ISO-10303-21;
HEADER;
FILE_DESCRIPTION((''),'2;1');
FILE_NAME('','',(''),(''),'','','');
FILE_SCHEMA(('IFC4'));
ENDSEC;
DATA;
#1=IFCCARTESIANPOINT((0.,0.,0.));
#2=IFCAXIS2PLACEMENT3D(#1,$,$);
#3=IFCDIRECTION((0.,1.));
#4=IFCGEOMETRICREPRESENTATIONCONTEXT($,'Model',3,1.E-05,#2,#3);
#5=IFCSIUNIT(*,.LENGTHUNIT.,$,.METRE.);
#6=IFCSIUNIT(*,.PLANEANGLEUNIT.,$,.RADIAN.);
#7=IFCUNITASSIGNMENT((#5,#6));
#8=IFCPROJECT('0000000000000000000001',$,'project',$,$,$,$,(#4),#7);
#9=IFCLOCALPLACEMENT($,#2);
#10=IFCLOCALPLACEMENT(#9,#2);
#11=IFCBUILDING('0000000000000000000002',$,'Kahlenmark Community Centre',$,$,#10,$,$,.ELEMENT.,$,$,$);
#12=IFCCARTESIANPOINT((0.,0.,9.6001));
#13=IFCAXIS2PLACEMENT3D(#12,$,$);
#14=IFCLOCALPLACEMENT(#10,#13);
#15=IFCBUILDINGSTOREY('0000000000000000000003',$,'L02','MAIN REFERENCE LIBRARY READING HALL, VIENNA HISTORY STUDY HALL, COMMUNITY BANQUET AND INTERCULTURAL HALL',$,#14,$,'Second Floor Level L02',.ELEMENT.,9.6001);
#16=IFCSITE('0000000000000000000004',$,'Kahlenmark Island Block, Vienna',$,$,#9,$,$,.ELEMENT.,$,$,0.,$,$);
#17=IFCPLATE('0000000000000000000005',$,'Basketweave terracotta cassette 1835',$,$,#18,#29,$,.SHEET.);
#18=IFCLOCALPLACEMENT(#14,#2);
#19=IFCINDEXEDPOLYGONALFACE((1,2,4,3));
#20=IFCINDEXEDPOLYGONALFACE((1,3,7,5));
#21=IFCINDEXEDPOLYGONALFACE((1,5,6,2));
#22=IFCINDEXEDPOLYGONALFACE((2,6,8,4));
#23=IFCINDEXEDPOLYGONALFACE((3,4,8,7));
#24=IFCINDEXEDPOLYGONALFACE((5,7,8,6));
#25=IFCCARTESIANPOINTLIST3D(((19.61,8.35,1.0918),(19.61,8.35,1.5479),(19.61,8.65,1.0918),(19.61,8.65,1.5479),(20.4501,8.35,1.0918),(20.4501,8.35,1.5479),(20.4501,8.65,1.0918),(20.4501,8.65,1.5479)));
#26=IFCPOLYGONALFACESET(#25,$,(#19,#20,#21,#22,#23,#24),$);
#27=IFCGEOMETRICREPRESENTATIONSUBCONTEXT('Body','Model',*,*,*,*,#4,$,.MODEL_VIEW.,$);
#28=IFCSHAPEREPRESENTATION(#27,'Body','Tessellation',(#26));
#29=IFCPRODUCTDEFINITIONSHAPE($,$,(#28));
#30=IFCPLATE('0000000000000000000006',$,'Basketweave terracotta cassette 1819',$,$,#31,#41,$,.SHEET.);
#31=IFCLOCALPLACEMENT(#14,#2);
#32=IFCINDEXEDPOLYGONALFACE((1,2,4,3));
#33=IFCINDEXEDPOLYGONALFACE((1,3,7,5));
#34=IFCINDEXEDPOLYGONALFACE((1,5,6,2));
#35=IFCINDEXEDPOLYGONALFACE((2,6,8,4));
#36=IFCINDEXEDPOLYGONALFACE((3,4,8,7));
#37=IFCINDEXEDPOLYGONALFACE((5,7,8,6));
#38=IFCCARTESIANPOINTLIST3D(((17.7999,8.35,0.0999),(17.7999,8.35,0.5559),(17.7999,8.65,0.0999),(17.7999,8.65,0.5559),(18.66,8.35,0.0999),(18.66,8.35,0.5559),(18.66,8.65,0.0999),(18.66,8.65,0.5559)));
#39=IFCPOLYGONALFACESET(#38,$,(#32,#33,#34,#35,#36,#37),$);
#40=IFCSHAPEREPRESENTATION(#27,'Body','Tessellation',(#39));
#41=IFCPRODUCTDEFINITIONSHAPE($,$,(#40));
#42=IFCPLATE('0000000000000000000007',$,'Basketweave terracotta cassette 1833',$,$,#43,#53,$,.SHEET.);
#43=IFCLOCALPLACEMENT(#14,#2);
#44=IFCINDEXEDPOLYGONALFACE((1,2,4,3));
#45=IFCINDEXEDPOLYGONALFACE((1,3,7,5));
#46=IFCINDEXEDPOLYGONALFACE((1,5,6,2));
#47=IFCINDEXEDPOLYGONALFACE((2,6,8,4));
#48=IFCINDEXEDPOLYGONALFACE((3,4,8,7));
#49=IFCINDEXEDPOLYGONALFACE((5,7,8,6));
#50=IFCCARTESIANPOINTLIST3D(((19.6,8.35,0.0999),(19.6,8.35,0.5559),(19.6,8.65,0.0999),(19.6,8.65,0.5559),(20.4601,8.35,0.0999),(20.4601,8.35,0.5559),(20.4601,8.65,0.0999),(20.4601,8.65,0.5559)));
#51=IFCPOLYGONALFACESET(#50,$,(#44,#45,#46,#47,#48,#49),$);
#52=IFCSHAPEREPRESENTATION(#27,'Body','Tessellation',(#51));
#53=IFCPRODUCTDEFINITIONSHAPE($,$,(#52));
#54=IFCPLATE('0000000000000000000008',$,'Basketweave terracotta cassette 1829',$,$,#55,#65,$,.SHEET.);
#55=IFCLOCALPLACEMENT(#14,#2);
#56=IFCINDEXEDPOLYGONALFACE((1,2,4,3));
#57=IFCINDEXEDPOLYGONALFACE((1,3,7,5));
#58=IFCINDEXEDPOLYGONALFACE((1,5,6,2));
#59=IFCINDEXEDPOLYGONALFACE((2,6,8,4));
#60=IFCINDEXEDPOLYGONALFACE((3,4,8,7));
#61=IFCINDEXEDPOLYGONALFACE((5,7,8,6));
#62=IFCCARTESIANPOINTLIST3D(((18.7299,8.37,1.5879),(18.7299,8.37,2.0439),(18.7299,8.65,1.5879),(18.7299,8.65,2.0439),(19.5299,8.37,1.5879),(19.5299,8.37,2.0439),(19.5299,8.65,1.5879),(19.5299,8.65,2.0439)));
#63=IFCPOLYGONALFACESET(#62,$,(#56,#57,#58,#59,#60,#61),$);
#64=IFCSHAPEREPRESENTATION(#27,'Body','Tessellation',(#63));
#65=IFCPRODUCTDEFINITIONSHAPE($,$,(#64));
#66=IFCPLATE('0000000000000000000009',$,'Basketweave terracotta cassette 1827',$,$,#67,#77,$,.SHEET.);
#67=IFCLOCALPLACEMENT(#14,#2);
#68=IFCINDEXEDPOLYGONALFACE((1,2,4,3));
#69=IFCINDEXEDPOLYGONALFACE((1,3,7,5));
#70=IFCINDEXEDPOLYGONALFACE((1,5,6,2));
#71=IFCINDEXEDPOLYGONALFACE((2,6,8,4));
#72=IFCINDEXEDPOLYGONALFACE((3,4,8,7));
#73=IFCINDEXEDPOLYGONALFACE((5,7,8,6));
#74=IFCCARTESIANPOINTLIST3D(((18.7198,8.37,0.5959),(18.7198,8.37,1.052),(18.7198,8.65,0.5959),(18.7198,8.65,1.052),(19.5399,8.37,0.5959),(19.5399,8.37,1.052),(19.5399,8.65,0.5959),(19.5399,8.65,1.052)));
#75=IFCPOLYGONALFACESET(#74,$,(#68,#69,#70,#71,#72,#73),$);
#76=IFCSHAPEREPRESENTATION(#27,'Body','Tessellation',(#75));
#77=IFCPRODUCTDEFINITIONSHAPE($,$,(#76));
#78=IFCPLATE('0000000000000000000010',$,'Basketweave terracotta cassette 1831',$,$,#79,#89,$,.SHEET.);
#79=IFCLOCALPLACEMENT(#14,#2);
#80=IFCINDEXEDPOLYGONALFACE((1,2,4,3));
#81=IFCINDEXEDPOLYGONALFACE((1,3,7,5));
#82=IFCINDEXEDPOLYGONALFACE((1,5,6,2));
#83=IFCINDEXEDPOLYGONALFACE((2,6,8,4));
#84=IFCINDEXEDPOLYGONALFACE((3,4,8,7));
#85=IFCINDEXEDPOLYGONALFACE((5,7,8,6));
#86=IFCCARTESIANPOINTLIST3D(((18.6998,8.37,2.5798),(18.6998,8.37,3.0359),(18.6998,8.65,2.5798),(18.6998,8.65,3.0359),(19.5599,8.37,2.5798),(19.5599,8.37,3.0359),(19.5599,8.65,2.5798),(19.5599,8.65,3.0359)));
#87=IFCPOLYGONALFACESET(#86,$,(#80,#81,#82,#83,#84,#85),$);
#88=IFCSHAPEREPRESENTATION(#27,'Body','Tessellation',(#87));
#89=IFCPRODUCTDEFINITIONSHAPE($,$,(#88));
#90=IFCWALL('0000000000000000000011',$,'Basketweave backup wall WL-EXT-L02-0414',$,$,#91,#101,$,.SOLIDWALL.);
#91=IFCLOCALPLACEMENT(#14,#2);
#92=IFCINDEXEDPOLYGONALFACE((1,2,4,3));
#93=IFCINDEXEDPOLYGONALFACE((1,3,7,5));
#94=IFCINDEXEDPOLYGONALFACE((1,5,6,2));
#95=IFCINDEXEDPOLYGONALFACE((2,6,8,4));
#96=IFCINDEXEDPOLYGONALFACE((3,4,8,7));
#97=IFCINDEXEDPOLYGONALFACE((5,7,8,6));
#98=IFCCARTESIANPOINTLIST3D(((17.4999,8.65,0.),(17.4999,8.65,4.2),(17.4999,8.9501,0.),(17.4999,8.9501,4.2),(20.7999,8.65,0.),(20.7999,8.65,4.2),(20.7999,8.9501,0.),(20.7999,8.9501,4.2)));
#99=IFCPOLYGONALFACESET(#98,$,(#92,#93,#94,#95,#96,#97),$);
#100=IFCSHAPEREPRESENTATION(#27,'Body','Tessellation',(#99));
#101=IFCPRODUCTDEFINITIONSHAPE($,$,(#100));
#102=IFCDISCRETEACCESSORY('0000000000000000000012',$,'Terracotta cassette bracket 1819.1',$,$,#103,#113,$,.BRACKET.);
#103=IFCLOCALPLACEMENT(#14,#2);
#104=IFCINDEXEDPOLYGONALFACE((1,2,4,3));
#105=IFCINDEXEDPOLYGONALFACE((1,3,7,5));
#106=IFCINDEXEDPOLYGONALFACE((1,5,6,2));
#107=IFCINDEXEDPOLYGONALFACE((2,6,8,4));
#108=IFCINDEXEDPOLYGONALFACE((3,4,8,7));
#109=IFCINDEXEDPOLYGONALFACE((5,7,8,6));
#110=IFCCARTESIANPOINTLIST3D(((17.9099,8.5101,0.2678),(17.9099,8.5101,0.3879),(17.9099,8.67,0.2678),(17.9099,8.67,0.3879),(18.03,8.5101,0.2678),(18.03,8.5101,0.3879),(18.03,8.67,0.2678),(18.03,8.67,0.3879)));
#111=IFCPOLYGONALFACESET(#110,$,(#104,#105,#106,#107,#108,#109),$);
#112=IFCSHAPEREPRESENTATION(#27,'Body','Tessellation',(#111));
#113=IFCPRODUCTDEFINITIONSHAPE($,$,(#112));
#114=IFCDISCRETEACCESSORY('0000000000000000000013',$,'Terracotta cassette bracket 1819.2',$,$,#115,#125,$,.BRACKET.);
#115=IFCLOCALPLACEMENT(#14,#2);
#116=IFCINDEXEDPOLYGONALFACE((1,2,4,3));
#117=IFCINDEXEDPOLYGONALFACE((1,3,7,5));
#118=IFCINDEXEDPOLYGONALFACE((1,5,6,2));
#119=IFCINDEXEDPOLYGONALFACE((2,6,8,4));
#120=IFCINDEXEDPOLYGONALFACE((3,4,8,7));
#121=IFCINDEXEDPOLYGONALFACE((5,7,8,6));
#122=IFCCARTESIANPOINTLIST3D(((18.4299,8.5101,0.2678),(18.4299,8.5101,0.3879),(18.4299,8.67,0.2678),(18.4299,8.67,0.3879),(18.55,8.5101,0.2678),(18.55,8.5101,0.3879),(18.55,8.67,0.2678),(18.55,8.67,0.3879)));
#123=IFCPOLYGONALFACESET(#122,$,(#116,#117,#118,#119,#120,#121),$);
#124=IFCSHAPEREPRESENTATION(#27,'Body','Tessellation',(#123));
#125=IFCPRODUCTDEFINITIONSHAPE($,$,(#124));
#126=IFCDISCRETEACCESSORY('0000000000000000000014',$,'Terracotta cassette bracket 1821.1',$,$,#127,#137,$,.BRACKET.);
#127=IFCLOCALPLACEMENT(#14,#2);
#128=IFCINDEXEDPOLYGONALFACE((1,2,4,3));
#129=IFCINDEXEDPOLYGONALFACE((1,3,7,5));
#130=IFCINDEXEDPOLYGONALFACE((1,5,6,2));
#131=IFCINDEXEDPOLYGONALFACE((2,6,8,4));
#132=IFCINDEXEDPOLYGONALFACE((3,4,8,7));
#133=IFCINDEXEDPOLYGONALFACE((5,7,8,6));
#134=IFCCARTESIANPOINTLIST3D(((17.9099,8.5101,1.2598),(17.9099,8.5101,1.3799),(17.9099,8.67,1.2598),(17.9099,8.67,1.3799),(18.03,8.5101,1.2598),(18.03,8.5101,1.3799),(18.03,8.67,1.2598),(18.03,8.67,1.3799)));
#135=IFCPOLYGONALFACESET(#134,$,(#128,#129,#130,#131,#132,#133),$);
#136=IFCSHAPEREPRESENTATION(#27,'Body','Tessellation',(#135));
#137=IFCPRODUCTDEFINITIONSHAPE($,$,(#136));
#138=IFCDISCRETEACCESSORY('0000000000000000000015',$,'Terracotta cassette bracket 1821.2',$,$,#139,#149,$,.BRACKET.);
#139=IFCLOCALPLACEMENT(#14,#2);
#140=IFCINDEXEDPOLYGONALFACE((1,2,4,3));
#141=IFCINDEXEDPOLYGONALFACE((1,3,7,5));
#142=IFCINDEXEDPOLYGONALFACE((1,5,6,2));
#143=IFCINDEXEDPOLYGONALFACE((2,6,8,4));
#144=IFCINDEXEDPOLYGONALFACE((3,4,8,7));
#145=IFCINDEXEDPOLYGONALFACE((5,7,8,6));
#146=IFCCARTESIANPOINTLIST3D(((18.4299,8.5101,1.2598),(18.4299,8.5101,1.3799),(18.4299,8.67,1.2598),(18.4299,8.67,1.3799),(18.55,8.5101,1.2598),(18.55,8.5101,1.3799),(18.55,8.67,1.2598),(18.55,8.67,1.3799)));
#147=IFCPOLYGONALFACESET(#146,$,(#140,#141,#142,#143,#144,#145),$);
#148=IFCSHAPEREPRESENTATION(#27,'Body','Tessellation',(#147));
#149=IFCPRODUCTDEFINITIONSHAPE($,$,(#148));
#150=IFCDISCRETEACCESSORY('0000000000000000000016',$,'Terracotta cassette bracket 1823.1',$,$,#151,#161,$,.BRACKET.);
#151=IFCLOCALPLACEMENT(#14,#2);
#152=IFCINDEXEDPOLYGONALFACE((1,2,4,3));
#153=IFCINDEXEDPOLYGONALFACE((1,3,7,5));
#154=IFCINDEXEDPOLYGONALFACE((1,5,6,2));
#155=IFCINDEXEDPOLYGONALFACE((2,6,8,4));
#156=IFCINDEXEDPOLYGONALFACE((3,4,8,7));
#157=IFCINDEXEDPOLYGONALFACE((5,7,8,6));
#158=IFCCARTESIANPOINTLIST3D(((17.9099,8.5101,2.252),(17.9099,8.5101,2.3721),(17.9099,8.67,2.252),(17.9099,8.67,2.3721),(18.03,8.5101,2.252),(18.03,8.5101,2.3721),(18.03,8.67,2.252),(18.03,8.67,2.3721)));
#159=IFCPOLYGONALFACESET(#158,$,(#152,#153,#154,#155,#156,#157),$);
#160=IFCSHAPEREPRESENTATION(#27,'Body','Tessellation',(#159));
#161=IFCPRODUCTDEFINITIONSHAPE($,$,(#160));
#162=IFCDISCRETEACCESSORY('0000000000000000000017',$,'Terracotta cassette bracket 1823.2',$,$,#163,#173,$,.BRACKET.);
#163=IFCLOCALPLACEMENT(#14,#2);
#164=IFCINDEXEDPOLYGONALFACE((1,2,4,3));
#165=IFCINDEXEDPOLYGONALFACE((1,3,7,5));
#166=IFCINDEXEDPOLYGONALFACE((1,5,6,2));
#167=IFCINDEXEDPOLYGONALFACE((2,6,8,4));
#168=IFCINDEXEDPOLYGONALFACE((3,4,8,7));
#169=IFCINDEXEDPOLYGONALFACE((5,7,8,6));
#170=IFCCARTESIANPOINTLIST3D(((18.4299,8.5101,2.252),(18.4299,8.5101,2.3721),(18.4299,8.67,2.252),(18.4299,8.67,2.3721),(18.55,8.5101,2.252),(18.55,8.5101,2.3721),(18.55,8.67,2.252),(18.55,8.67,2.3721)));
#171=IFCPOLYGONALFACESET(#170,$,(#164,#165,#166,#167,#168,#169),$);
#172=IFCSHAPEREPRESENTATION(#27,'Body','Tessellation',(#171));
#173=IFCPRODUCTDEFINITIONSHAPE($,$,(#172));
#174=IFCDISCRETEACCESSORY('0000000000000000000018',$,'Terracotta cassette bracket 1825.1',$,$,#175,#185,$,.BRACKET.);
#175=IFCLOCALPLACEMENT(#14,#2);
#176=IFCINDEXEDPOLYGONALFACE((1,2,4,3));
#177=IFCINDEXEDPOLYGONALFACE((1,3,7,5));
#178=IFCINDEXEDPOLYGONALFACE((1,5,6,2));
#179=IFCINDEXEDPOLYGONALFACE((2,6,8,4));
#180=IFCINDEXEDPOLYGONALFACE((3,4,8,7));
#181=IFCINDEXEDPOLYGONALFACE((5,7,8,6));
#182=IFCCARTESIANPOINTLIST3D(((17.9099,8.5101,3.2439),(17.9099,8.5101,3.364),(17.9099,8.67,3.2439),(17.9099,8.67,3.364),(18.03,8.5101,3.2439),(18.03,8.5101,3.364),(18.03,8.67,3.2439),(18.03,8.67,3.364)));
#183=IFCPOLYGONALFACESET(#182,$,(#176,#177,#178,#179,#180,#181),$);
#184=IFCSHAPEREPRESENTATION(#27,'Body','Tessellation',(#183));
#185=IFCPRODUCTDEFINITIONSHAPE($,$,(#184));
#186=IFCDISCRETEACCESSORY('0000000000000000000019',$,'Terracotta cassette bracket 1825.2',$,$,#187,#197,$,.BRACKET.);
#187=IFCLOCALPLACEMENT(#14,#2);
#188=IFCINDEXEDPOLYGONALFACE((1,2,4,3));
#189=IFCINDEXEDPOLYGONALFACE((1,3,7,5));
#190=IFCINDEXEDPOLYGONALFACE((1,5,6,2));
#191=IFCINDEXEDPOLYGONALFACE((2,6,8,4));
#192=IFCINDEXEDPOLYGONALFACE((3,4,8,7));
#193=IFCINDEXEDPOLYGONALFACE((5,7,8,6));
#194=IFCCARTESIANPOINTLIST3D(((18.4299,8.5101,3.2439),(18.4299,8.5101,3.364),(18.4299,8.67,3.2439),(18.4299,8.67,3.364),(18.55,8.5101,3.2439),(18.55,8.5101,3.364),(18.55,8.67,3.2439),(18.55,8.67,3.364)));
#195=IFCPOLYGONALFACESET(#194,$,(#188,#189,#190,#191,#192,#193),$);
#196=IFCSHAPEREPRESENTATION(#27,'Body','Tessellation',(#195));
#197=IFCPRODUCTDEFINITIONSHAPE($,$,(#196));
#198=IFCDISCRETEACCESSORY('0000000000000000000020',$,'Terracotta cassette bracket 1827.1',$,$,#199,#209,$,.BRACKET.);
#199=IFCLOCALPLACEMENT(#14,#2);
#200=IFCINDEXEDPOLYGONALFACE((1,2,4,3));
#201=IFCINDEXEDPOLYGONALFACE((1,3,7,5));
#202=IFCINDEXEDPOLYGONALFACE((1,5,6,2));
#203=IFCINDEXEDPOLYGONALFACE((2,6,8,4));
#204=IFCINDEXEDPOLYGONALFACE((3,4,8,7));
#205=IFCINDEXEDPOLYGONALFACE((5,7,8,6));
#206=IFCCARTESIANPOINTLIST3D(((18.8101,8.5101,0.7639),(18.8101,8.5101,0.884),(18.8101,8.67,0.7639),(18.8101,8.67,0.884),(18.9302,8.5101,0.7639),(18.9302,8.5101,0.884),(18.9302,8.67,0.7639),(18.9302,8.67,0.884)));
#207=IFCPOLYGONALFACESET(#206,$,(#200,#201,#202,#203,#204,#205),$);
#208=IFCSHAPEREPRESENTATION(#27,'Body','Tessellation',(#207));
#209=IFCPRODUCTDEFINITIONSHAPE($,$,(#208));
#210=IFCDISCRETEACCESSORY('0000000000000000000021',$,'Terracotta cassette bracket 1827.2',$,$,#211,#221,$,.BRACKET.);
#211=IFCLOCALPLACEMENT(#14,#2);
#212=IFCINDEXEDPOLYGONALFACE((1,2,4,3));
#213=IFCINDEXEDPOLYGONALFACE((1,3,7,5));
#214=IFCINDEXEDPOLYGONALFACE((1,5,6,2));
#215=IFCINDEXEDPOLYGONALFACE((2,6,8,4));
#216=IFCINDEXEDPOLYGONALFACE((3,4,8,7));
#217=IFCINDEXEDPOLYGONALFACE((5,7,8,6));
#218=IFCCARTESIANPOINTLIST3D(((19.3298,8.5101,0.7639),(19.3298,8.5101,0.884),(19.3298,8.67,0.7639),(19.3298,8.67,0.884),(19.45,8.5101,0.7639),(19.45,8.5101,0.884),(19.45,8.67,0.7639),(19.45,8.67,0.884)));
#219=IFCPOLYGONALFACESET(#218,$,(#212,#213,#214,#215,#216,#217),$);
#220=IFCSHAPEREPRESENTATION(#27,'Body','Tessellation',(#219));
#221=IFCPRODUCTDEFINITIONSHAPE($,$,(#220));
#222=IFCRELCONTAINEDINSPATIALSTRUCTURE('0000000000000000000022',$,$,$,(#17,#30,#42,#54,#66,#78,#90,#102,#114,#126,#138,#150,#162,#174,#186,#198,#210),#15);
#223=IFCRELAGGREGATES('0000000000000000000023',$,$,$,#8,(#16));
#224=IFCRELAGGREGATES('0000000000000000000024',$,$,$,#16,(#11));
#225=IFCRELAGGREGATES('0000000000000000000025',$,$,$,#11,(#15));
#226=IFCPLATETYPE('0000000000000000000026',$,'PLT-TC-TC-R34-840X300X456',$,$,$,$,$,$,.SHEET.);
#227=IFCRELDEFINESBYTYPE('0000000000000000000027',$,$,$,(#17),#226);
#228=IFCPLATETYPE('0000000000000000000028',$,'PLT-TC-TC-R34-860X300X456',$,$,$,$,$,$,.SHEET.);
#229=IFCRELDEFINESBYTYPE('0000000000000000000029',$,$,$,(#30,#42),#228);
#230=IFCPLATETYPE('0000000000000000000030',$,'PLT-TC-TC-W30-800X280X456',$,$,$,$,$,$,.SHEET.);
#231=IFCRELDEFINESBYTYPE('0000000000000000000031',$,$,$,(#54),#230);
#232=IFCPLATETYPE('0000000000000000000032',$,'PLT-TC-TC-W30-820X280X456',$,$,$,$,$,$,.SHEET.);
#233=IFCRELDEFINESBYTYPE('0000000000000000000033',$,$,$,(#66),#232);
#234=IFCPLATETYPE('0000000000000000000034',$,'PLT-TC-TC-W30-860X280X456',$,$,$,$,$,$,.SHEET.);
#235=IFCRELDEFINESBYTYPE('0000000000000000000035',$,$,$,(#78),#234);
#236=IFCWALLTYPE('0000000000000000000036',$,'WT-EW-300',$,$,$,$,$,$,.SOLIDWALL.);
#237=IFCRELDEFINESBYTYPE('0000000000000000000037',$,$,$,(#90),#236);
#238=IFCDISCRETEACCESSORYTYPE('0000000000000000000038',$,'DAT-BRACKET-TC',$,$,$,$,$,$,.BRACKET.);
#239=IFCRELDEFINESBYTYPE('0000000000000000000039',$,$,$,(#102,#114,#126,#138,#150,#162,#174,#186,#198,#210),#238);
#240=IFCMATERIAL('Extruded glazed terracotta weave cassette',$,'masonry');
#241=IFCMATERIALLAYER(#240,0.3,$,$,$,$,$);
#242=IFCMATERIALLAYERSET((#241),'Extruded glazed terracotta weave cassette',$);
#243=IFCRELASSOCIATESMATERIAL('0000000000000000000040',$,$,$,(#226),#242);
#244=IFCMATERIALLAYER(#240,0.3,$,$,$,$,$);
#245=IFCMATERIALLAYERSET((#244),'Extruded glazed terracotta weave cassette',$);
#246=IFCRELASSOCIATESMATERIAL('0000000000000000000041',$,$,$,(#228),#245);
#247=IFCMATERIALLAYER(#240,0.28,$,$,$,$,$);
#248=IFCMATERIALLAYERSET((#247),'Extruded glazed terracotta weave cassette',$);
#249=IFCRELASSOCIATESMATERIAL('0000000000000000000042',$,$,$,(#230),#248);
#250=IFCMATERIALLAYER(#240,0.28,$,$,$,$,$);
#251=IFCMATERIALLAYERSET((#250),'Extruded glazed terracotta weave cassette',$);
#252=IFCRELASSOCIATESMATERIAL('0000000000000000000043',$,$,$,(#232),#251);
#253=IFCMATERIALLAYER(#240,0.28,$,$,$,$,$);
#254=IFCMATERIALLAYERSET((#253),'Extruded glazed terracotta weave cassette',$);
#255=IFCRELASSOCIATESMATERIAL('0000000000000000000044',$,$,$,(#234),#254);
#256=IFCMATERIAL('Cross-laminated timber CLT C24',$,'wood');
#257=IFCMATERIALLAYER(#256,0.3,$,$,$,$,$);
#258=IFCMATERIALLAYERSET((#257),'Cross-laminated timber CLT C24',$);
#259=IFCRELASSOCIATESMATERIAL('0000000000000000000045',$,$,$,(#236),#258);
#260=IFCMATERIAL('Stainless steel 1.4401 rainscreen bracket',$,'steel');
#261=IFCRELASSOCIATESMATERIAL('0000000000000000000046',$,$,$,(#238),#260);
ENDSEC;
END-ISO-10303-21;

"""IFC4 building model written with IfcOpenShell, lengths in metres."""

from ifc_helpers import new_model, si_unit, direction, frame, frame_2d, origin, origin_2d, place, context, subcontext, project, spatial, rectangle, extrude, material, layer, layer_set, type_object, element, save


model = new_model("IFC4")

# Units and contexts
model_context = context("Model", 3, precision=1e-05, world=origin(), true_north=direction((0.0, 1.0)))
body_context = subcontext(model_context, "Body", "Model", "MODEL_VIEW")
ifc_project = project(units=[si_unit("LENGTHUNIT", "METRE"), si_unit("PLANEANGLEUNIT", "RADIAN")], contexts=[model_context])

# Site, building, storey
site_placement = place(None, origin())
site = spatial("IfcSite", under=ifc_project, at=site_placement, Name="Kahlenmark Island Block, Vienna", CompositionType="ELEMENT", RefElevation=0.0)
building_placement = place(site_placement, origin())
building = spatial("IfcBuilding", under=site, at=building_placement, Name="Kahlenmark Community Centre", CompositionType="ELEMENT")
storey_placement = place(building_placement, frame((0.0, 0.0, 9.6001)))
storey = spatial("IfcBuildingStorey", under=building, at=storey_placement, Name="L02", Description="MAIN REFERENCE LIBRARY READING HALL, VIENNA HISTORY STUDY HALL, COMMUNITY BANQUET AND INTERCULTURAL HALL", LongName="Second Floor Level L02", CompositionType="ELEMENT", Elevation=9.6001)

# Plates
ifc_material_1 = material(Name="Extruded glazed terracotta weave cassette", Category="masonry")
ifc_layer_1 = layer(ifc_material_1, 0.3)
ifc_layer_set_1 = layer_set([ifc_layer_1], Name="Extruded glazed terracotta weave cassette")
plate_type_1 = type_object("IfcPlateType", Name="PLT-TC-TC-R34-840X300X456", PredefinedType="SHEET", material=ifc_layer_set_1)
for number, where, z_axis, x_axis, name in (
    (1, (20.03, 8.5, 1.0918), (0.0, 0.0, 1.0), (1.0, 0.0, 0.0), "Basketweave terracotta cassette 1835"),
):
    element("IfcPlate", number, at=place(storey_placement, frame(where, z_axis=z_axis, x_axis=x_axis)), inside=storey, type_object=plate_type_1, Name=name, PredefinedType="SHEET", context=body_context, shape_type="SweptSolid", body=[
        extrude(rectangle(XDim=0.8401, YDim=0.3, at=origin_2d()), origin(), (0.0, 0.0, 1.0), 0.4561),
    ])
ifc_layer_2 = layer(ifc_material_1, 0.3)
ifc_layer_set_2 = layer_set([ifc_layer_2], Name="Extruded glazed terracotta weave cassette")
plate_type_2 = type_object("IfcPlateType", Name="PLT-TC-TC-R34-860X300X456", PredefinedType="SHEET", material=ifc_layer_set_2)
for number, where, z_axis, x_axis, name in (
    (2, (18.23, 8.5, 0.0999), (0.0, 0.0, 1.0), (1.0, 0.0, 0.0), "Basketweave terracotta cassette 1819"),
    (3, (20.03, 8.5, 0.0999), (0.0, 0.0, 1.0), (1.0, 0.0, 0.0), "Basketweave terracotta cassette 1833"),
):
    element("IfcPlate", number, at=place(storey_placement, frame(where, z_axis=z_axis, x_axis=x_axis)), inside=storey, type_object=plate_type_2, Name=name, PredefinedType="SHEET", context=body_context, shape_type="SweptSolid", body=[
        extrude(rectangle(XDim=0.8601, YDim=0.3, at=origin_2d()), origin(), (0.0, 0.0, 1.0), 0.4561),
    ])
ifc_layer_3 = layer(ifc_material_1, 0.28)
ifc_layer_set_3 = layer_set([ifc_layer_3], Name="Extruded glazed terracotta weave cassette")
plate_type_3 = type_object("IfcPlateType", Name="PLT-TC-TC-W30-800X280X456", PredefinedType="SHEET", material=ifc_layer_set_3)
plate_1_placement = place(storey_placement, frame((19.1299, 8.51, 1.5879), z_axis=(0.0, 0.0, 1.0), x_axis=(1.0, 0.0, 0.0)))
element("IfcPlate", 4, at=plate_1_placement, inside=storey, type_object=plate_type_3, Name="Basketweave terracotta cassette 1829", PredefinedType="SHEET", context=body_context, shape_type="SweptSolid", body=[
    extrude(rectangle(XDim=0.8, YDim=0.28, at=origin_2d()), origin(), (0.0, 0.0, 1.0), 0.4561),
])
ifc_layer_4 = layer(ifc_material_1, 0.28)
ifc_layer_set_4 = layer_set([ifc_layer_4], Name="Extruded glazed terracotta weave cassette")
plate_type_4 = type_object("IfcPlateType", Name="PLT-TC-TC-W30-820X280X456", PredefinedType="SHEET", material=ifc_layer_set_4)
plate_2_placement = place(storey_placement, frame((19.1299, 8.51, 0.5959), z_axis=(0.0, 0.0, 1.0), x_axis=(1.0, 0.0, 0.0)))
element("IfcPlate", 5, at=plate_2_placement, inside=storey, type_object=plate_type_4, Name="Basketweave terracotta cassette 1827", PredefinedType="SHEET", context=body_context, shape_type="SweptSolid", body=[
    extrude(rectangle(XDim=0.8201, YDim=0.28, at=origin_2d()), origin(), (0.0, 0.0, 1.0), 0.4561),
])
ifc_layer_5 = layer(ifc_material_1, 0.28)
ifc_layer_set_5 = layer_set([ifc_layer_5], Name="Extruded glazed terracotta weave cassette")
plate_type_5 = type_object("IfcPlateType", Name="PLT-TC-TC-W30-860X280X456", PredefinedType="SHEET", material=ifc_layer_set_5)
plate_3_placement = place(storey_placement, frame((19.1299, 8.51, 2.5798), z_axis=(0.0, 0.0, 1.0), x_axis=(1.0, 0.0, 0.0)))
element("IfcPlate", 6, at=plate_3_placement, inside=storey, type_object=plate_type_5, Name="Basketweave terracotta cassette 1831", PredefinedType="SHEET", context=body_context, shape_type="SweptSolid", body=[
    extrude(rectangle(XDim=0.8601, YDim=0.28, at=origin_2d()), origin(), (0.0, 0.0, 1.0), 0.4561),
])

# Wall
ifc_material_2 = material(Name="Cross-laminated timber CLT C24", Category="wood")
ifc_layer_6 = layer(ifc_material_2, 0.3)
ifc_layer_set_6 = layer_set([ifc_layer_6], Name="Cross-laminated timber CLT C24")
wall_type = type_object("IfcWallType", Name="WT-EW-300", PredefinedType="SOLIDWALL", material=ifc_layer_set_6)
wall_placement = place(storey_placement, frame((17.5, 8.8, 0.0), z_axis=(0.0, 0.0, 1.0), x_axis=(1.0, 0.0, 0.0)))
element("IfcWall", 7, at=wall_placement, inside=storey, type_object=wall_type, Name="Basketweave backup wall WL-EXT-L02-0414", PredefinedType="SOLIDWALL", context=body_context, shape_type="SweptSolid", body=[
    extrude(rectangle(XDim=3.3, YDim=0.3, at=frame_2d((1.6499, 0.0))), origin(), (0.0, 0.0, 1.0), 4.2),
])

# Discrete accessories
ifc_material_3 = material(Name="Stainless steel 1.4401 rainscreen bracket", Category="steel")
discrete_accessory_type = type_object("IfcDiscreteAccessoryType", Name="DAT-BRACKET-TC", PredefinedType="BRACKET", material=ifc_material_3)
for number, where, z_axis, x_axis, name in (
    (8, (17.97, 8.5901, 0.2678), (0.0, 0.0, 1.0), (1.0, 0.0, 0.0), "Terracotta cassette bracket 1819.1"),
    (9, (18.49, 8.5901, 0.2678), (0.0, 0.0, 1.0), (1.0, 0.0, 0.0), "Terracotta cassette bracket 1819.2"),
    (10, (17.97, 8.5901, 1.2598), (0.0, 0.0, 1.0), (1.0, 0.0, 0.0), "Terracotta cassette bracket 1821.1"),
    (11, (18.49, 8.5901, 1.2598), (0.0, 0.0, 1.0), (1.0, 0.0, 0.0), "Terracotta cassette bracket 1821.2"),
    (12, (17.97, 8.5901, 2.252), (0.0, 0.0, 1.0), (1.0, 0.0, 0.0), "Terracotta cassette bracket 1823.1"),
    (13, (18.49, 8.5901, 2.252), (0.0, 0.0, 1.0), (1.0, 0.0, 0.0), "Terracotta cassette bracket 1823.2"),
    (14, (17.97, 8.5901, 3.2439), (0.0, 0.0, 1.0), (1.0, 0.0, 0.0), "Terracotta cassette bracket 1825.1"),
    (15, (18.49, 8.5901, 3.2439), (0.0, 0.0, 1.0), (1.0, 0.0, 0.0), "Terracotta cassette bracket 1825.2"),
    (16, (18.8701, 8.5901, 0.7639), (0.0, 0.0, 1.0), (1.0, 0.0, 0.0), "Terracotta cassette bracket 1827.1"),
    (17, (19.3899, 8.5901, 0.7639), (0.0, 0.0, 1.0), (1.0, 0.0, 0.0), "Terracotta cassette bracket 1827.2"),
):
    element("IfcDiscreteAccessory", number, at=place(storey_placement, frame(where, z_axis=z_axis, x_axis=x_axis)), inside=storey, type_object=discrete_accessory_type, Name=name, PredefinedType="BRACKET", context=body_context, shape_type="SweptSolid", body=[
        extrude(rectangle(XDim=0.1201, YDim=0.1599, at=origin_2d()), origin(), (0.0, 0.0, 1.0), 0.1201),
    ])

save(model, "model.ifc")
